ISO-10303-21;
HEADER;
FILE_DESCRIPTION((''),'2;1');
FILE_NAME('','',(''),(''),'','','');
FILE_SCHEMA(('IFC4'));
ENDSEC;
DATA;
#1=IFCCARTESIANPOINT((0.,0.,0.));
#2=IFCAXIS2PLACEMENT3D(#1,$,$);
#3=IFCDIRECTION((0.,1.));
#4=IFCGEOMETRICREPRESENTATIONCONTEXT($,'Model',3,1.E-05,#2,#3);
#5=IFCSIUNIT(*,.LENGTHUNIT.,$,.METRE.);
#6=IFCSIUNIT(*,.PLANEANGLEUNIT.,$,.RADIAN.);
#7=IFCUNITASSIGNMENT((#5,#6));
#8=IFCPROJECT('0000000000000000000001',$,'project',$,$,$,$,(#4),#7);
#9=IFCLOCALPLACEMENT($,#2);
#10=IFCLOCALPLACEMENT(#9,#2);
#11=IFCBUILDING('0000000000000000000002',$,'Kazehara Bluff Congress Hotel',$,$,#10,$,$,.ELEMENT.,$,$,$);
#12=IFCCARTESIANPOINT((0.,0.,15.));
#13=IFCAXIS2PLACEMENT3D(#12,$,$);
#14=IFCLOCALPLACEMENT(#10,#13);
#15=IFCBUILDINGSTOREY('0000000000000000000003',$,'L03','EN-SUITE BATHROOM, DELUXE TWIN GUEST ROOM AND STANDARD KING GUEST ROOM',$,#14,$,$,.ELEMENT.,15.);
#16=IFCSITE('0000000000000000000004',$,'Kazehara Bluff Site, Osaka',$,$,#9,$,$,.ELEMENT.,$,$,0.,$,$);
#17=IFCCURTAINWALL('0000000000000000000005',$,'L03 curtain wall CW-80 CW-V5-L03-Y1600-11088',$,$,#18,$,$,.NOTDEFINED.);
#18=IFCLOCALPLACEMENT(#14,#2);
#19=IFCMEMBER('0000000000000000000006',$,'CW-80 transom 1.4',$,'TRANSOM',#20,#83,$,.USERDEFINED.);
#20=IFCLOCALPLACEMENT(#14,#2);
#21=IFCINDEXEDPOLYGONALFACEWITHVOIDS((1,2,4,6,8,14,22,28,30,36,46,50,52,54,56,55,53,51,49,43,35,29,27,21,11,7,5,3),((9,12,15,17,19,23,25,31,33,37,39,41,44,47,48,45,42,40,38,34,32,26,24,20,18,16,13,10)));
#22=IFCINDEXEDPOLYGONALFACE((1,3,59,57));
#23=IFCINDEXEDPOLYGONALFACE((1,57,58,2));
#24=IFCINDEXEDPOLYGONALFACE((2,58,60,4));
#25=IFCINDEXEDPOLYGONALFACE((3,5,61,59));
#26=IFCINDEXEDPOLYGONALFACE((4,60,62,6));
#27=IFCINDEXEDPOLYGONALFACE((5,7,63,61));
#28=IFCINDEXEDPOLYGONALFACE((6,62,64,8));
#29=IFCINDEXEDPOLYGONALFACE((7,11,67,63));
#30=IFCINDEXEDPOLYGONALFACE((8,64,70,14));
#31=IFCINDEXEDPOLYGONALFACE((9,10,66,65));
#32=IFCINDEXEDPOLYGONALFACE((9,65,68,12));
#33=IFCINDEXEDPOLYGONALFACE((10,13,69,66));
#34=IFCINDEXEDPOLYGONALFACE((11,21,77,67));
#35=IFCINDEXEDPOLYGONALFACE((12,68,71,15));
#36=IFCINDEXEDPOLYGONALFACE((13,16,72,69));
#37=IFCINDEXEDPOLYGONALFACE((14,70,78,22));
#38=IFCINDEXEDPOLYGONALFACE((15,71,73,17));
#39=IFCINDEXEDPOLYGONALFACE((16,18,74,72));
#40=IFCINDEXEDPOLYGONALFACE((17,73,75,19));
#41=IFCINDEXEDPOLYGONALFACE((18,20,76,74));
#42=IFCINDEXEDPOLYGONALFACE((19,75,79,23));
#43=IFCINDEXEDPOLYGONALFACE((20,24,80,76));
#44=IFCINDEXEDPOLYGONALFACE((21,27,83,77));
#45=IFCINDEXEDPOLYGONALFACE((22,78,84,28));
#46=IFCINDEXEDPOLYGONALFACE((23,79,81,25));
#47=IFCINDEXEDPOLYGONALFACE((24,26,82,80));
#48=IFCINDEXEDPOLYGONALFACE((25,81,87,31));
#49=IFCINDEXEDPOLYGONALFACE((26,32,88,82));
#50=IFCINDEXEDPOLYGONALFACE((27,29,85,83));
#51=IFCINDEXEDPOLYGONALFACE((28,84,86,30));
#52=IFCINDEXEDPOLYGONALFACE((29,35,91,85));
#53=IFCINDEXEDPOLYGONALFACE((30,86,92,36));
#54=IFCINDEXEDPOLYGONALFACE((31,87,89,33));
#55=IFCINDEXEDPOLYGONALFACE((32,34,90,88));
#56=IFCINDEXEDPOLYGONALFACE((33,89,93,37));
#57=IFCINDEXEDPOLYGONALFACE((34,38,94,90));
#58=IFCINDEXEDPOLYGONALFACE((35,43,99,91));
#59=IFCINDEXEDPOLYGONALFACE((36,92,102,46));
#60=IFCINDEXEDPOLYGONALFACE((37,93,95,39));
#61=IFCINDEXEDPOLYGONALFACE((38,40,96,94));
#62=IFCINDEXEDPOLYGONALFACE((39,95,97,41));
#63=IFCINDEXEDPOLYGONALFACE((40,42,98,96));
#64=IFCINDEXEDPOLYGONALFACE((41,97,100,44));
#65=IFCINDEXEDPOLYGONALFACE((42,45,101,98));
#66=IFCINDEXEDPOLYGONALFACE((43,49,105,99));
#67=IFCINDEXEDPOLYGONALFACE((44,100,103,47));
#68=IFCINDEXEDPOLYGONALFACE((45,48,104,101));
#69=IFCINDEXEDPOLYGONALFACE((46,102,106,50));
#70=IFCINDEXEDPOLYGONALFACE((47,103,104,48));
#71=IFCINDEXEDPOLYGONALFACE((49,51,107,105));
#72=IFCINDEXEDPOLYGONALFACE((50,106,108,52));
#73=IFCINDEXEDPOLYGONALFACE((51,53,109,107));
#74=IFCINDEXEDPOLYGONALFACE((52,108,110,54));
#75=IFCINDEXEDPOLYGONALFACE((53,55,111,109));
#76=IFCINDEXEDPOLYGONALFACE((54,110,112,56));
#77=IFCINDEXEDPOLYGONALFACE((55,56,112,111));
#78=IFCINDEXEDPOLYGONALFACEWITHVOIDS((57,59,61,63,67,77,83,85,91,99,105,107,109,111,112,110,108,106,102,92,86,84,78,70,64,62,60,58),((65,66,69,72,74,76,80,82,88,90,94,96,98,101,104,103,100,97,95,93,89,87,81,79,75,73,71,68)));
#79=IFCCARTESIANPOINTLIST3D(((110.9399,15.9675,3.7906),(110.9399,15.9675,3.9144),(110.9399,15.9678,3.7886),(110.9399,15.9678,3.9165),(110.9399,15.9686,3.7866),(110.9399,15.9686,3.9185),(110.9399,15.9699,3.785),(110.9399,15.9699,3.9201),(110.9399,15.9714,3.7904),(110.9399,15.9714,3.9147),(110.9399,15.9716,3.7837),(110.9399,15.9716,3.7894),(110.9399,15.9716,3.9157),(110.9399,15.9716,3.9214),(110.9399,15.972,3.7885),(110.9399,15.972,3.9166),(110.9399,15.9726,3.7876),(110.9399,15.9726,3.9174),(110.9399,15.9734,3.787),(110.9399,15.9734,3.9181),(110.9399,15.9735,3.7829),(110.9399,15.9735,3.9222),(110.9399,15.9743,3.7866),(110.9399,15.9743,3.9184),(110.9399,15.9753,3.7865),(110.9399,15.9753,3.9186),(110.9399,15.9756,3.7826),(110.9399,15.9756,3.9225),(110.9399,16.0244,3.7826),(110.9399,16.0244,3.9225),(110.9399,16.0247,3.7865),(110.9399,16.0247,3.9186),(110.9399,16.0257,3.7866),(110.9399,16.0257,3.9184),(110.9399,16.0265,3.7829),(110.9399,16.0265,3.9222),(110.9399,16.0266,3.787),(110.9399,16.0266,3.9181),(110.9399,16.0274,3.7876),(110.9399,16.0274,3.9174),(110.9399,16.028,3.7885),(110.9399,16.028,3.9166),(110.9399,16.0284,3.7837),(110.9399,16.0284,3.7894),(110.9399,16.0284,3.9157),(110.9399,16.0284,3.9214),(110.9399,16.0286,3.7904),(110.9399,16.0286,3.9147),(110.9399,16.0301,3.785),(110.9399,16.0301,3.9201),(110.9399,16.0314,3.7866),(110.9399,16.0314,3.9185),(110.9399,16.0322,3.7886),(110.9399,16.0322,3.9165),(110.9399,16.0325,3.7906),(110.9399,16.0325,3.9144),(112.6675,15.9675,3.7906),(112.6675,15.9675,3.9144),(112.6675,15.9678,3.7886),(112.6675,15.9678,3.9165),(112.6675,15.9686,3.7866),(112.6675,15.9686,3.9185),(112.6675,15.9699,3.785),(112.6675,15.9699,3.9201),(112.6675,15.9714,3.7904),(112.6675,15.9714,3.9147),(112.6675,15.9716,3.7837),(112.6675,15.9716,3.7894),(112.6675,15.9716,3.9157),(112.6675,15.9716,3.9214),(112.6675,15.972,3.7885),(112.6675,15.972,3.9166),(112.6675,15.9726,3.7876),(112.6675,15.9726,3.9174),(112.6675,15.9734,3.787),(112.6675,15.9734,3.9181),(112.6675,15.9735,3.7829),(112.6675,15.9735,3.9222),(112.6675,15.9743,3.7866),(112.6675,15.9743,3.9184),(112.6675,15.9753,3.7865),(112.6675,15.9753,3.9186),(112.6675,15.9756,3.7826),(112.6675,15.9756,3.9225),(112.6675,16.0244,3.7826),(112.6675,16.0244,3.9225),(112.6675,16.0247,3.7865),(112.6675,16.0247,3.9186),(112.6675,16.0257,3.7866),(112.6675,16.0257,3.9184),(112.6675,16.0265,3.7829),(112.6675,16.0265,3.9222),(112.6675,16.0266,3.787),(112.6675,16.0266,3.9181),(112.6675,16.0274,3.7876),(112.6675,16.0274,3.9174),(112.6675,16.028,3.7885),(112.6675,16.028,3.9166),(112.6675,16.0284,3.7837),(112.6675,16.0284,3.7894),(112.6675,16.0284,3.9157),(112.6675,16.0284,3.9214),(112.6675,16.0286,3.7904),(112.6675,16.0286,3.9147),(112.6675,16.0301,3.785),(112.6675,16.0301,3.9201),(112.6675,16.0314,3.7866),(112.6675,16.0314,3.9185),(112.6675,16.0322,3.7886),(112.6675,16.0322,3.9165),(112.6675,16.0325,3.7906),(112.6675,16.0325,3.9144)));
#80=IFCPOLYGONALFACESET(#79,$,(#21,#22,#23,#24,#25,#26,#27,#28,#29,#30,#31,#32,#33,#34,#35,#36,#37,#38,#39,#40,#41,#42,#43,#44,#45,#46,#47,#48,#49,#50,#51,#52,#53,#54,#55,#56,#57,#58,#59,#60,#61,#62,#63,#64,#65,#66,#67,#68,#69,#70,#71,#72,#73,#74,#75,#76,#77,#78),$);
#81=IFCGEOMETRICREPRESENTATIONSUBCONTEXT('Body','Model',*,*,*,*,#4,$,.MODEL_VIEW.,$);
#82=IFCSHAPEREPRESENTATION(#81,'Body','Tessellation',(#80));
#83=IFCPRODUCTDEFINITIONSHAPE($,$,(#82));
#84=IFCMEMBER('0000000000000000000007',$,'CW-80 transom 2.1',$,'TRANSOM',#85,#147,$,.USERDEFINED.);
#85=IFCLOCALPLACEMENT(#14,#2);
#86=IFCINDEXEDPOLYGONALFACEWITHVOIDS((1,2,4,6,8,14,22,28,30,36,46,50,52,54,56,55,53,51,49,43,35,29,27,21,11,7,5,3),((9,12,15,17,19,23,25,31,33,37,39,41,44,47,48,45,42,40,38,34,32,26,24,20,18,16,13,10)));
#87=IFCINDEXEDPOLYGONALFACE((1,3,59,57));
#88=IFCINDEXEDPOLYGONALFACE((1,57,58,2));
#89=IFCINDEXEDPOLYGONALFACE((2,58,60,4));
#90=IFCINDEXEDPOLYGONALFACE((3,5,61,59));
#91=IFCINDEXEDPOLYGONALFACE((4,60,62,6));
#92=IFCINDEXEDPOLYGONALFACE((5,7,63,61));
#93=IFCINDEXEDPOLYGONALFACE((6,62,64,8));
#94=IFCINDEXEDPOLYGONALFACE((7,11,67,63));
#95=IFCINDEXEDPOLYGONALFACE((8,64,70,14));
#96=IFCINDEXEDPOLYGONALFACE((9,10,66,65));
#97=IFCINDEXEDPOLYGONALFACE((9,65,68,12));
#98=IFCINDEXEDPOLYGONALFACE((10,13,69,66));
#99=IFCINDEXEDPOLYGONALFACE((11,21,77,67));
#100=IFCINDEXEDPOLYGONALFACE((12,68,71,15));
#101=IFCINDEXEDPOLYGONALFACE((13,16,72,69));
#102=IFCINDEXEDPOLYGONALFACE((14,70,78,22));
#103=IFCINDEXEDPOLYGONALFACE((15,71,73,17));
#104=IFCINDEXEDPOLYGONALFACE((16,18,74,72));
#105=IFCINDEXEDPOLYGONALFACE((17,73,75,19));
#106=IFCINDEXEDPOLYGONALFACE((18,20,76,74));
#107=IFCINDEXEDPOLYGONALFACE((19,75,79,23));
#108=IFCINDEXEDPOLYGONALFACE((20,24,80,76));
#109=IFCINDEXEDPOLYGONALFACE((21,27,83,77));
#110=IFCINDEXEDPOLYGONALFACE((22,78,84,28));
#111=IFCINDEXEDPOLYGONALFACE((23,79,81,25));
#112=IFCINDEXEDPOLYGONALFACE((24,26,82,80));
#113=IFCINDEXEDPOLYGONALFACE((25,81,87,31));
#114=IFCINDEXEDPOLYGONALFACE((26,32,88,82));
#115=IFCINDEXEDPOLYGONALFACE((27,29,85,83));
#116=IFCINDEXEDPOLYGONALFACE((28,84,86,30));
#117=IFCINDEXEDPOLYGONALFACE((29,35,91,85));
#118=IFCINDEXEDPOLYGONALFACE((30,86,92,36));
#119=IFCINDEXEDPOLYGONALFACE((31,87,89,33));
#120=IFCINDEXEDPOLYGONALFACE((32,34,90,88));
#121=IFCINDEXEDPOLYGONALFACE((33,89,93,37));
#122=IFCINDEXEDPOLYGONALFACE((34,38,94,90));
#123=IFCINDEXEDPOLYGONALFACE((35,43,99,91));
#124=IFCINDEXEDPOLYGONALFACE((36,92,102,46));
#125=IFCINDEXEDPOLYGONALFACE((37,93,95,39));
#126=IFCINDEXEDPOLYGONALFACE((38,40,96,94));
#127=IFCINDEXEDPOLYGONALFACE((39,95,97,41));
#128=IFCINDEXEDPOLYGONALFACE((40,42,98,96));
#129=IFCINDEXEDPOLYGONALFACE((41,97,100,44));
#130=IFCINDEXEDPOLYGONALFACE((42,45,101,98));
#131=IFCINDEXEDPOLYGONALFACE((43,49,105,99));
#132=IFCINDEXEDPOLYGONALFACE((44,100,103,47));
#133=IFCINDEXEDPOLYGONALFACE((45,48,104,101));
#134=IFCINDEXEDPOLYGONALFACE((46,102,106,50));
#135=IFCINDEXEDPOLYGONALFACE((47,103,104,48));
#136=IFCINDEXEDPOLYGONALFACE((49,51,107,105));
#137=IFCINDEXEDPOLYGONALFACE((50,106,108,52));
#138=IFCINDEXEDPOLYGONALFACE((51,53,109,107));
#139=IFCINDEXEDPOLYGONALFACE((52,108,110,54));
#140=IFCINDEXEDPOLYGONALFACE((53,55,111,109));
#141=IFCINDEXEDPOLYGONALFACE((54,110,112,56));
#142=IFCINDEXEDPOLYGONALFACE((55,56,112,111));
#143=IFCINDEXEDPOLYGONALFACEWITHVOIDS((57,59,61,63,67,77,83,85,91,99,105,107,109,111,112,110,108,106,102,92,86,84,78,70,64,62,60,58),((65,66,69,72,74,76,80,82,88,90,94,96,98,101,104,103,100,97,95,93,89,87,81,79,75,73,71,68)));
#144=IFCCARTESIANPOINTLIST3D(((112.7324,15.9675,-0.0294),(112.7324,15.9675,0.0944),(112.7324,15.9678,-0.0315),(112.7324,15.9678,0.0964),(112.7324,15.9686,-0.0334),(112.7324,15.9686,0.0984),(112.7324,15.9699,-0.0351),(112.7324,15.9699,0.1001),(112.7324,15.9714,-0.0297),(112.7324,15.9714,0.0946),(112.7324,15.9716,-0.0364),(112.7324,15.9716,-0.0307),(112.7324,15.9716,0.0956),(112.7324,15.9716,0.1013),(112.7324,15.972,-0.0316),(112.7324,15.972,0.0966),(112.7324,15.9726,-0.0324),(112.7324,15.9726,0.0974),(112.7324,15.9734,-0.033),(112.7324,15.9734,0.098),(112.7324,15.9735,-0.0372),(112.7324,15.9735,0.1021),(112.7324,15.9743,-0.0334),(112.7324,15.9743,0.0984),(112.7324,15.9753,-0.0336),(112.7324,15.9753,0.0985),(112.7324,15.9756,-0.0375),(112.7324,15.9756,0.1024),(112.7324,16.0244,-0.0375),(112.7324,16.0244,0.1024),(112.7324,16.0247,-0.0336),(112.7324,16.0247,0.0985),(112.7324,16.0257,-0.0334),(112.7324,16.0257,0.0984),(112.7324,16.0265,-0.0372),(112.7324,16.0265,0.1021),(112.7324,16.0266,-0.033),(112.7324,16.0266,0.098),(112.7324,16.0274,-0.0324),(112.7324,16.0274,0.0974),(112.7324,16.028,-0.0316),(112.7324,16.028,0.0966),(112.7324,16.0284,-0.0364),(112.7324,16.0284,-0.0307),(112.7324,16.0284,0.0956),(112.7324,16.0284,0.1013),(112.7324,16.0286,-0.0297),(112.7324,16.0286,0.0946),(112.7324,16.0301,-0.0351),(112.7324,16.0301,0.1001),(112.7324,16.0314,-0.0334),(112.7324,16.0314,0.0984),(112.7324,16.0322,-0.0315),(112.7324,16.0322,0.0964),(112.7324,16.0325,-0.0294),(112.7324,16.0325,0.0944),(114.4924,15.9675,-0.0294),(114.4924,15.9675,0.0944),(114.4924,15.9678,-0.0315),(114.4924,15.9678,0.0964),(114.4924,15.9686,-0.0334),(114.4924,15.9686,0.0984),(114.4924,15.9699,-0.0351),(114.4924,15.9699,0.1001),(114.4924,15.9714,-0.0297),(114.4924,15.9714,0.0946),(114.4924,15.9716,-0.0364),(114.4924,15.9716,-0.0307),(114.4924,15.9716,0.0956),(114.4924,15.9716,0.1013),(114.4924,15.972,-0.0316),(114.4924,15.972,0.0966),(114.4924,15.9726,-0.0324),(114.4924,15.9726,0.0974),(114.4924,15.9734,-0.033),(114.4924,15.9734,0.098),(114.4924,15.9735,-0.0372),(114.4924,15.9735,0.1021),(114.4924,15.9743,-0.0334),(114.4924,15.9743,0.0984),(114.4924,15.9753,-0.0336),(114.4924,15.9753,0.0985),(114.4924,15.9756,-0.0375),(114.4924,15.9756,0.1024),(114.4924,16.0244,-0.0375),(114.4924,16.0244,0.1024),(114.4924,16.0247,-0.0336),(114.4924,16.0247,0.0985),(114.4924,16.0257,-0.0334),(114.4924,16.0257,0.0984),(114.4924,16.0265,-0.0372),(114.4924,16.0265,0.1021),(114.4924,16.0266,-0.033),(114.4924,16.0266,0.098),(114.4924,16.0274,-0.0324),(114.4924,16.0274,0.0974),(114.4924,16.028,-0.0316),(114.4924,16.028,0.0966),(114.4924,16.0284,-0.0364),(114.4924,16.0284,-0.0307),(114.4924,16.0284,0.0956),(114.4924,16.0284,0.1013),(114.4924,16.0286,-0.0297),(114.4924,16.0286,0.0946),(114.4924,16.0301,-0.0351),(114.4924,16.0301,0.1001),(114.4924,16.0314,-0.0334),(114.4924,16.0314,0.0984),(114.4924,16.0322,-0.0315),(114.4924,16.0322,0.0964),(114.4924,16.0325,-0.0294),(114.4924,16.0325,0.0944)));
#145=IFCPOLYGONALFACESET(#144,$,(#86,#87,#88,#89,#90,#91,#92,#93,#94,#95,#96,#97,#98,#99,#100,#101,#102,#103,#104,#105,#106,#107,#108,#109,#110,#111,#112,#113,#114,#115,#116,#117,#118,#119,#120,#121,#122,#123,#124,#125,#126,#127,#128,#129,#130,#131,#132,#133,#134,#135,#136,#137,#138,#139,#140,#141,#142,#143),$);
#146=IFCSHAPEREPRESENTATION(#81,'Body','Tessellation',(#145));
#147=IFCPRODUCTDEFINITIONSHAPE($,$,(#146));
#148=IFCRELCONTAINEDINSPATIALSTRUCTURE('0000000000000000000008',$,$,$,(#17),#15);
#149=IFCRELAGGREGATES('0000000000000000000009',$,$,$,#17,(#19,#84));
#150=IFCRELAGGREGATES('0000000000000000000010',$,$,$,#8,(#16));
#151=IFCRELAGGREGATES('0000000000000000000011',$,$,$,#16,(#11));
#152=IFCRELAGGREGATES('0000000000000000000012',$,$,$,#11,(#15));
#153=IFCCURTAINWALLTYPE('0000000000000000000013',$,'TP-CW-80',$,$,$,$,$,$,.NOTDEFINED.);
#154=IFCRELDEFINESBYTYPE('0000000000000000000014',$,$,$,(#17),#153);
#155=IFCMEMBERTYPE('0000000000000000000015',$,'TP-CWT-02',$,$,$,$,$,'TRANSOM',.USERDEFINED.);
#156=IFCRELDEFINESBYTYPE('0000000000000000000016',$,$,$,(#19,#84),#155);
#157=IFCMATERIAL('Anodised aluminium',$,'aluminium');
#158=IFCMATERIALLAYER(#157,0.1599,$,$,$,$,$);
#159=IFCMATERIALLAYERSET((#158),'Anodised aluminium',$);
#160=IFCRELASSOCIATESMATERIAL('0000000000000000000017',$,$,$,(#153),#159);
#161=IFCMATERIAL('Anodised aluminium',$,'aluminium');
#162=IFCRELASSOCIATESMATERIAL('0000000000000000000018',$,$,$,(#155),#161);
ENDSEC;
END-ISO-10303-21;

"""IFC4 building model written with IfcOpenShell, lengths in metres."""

from ifc_helpers import new_model, si_unit, direction, frame, origin, origin_2d, place, context, subcontext, project, spatial, hollow_rectangle, extrude, material, layer, layer_set, material_profile, profile_set, type_object, element, aggregate, save


model = new_model("IFC4")

# Units and contexts
model_context = context("Model", 3, precision=1e-05, world=origin(), true_north=direction((0.0, 1.0)))
body_context = subcontext(model_context, "Body", "Model", "MODEL_VIEW")
ifc_project = project(units=[si_unit("LENGTHUNIT", "METRE"), si_unit("PLANEANGLEUNIT", "RADIAN")], contexts=[model_context])

# Site, building, storey
site_placement = place(None, origin())
site = spatial("IfcSite", under=ifc_project, at=site_placement, Name="Kazehara Bluff Site, Osaka", CompositionType="ELEMENT", RefElevation=0.0)
building_placement = place(site_placement, origin())
building = spatial("IfcBuilding", under=site, at=building_placement, Name="Kazehara Bluff Congress Hotel", CompositionType="ELEMENT")
storey_placement = place(building_placement, frame((0.0, 0.0, 15.0)))
storey = spatial("IfcBuildingStorey", under=building, at=storey_placement, Name="L03", Description="EN-SUITE BATHROOM, DELUXE TWIN GUEST ROOM AND STANDARD KING GUEST ROOM", CompositionType="ELEMENT", Elevation=15.0)

# Curtain wall, members
ifc_material_1 = material(Name="Anodised aluminium", Category="aluminium")
ifc_layer_1 = layer(ifc_material_1, 0.1599)
ifc_layer_set_1 = layer_set([ifc_layer_1], Name="Anodised aluminium")
curtain_wall_type = type_object("IfcCurtainWallType", Name="TP-CW-80", PredefinedType="NOTDEFINED", material=ifc_layer_set_1)
curtain_wall_placement = place(storey_placement, origin())
curtain_wall = element("IfcCurtainWall", 1, at=curtain_wall_placement, inside=storey, type_object=curtain_wall_type, Name="L03 curtain wall CW-80 CW-V5-L03-Y1600-11088", PredefinedType="NOTDEFINED")
ifc_material_2 = material(Name="Anodised aluminium", Category="aluminium")
ifc_material_profile_1 = material_profile(ifc_material_2, hollow_rectangle(XDim=0.0649, YDim=0.1399, WallThickness=0.0039, InnerFilletRadius=0.0039, OuterFilletRadius=0.0081, at=origin_2d()))
ifc_profile_set_1 = profile_set([ifc_material_profile_1], Name="Anodised aluminium")
member_type_1 = type_object("IfcMemberType", Name="TP-CWT-02", ElementType="TRANSOM", PredefinedType="USERDEFINED", material=ifc_profile_set_1)
member_1_placement = place(storey_placement, frame((110.9399, 16.0, 3.8525), z_axis=(1.0, 0.0, 0.0), x_axis=(0.0, 1.0, 0.0)))
member_1 = element("IfcMember", 2, at=member_1_placement, type_object=member_type_1, Name="CW-80 transom 1.4", ObjectType="TRANSOM", PredefinedType="USERDEFINED", context=body_context, shape_type="SweptSolid", body=[
    extrude(hollow_rectangle(XDim=0.0649, YDim=0.1399, WallThickness=0.0039, InnerFilletRadius=0.0039, OuterFilletRadius=0.0081, at=origin_2d()), origin(), (0.0, 0.0, 1.0), 1.7275),
])
member_2_placement = place(storey_placement, frame((112.7324, 16.0, 0.0325), z_axis=(1.0, 0.0, 0.0), x_axis=(0.0, 1.0, 0.0)))
member_2 = element("IfcMember", 3, at=member_2_placement, type_object=member_type_1, Name="CW-80 transom 2.1", ObjectType="TRANSOM", PredefinedType="USERDEFINED", context=body_context, shape_type="SweptSolid", body=[
    extrude(hollow_rectangle(XDim=0.0649, YDim=0.1399, WallThickness=0.0039, InnerFilletRadius=0.0039, OuterFilletRadius=0.0081, at=origin_2d()), origin(), (0.0, 0.0, 1.0), 1.76),
])

aggregate(curtain_wall, [member_1, member_2])

save(model, "model.ifc")
